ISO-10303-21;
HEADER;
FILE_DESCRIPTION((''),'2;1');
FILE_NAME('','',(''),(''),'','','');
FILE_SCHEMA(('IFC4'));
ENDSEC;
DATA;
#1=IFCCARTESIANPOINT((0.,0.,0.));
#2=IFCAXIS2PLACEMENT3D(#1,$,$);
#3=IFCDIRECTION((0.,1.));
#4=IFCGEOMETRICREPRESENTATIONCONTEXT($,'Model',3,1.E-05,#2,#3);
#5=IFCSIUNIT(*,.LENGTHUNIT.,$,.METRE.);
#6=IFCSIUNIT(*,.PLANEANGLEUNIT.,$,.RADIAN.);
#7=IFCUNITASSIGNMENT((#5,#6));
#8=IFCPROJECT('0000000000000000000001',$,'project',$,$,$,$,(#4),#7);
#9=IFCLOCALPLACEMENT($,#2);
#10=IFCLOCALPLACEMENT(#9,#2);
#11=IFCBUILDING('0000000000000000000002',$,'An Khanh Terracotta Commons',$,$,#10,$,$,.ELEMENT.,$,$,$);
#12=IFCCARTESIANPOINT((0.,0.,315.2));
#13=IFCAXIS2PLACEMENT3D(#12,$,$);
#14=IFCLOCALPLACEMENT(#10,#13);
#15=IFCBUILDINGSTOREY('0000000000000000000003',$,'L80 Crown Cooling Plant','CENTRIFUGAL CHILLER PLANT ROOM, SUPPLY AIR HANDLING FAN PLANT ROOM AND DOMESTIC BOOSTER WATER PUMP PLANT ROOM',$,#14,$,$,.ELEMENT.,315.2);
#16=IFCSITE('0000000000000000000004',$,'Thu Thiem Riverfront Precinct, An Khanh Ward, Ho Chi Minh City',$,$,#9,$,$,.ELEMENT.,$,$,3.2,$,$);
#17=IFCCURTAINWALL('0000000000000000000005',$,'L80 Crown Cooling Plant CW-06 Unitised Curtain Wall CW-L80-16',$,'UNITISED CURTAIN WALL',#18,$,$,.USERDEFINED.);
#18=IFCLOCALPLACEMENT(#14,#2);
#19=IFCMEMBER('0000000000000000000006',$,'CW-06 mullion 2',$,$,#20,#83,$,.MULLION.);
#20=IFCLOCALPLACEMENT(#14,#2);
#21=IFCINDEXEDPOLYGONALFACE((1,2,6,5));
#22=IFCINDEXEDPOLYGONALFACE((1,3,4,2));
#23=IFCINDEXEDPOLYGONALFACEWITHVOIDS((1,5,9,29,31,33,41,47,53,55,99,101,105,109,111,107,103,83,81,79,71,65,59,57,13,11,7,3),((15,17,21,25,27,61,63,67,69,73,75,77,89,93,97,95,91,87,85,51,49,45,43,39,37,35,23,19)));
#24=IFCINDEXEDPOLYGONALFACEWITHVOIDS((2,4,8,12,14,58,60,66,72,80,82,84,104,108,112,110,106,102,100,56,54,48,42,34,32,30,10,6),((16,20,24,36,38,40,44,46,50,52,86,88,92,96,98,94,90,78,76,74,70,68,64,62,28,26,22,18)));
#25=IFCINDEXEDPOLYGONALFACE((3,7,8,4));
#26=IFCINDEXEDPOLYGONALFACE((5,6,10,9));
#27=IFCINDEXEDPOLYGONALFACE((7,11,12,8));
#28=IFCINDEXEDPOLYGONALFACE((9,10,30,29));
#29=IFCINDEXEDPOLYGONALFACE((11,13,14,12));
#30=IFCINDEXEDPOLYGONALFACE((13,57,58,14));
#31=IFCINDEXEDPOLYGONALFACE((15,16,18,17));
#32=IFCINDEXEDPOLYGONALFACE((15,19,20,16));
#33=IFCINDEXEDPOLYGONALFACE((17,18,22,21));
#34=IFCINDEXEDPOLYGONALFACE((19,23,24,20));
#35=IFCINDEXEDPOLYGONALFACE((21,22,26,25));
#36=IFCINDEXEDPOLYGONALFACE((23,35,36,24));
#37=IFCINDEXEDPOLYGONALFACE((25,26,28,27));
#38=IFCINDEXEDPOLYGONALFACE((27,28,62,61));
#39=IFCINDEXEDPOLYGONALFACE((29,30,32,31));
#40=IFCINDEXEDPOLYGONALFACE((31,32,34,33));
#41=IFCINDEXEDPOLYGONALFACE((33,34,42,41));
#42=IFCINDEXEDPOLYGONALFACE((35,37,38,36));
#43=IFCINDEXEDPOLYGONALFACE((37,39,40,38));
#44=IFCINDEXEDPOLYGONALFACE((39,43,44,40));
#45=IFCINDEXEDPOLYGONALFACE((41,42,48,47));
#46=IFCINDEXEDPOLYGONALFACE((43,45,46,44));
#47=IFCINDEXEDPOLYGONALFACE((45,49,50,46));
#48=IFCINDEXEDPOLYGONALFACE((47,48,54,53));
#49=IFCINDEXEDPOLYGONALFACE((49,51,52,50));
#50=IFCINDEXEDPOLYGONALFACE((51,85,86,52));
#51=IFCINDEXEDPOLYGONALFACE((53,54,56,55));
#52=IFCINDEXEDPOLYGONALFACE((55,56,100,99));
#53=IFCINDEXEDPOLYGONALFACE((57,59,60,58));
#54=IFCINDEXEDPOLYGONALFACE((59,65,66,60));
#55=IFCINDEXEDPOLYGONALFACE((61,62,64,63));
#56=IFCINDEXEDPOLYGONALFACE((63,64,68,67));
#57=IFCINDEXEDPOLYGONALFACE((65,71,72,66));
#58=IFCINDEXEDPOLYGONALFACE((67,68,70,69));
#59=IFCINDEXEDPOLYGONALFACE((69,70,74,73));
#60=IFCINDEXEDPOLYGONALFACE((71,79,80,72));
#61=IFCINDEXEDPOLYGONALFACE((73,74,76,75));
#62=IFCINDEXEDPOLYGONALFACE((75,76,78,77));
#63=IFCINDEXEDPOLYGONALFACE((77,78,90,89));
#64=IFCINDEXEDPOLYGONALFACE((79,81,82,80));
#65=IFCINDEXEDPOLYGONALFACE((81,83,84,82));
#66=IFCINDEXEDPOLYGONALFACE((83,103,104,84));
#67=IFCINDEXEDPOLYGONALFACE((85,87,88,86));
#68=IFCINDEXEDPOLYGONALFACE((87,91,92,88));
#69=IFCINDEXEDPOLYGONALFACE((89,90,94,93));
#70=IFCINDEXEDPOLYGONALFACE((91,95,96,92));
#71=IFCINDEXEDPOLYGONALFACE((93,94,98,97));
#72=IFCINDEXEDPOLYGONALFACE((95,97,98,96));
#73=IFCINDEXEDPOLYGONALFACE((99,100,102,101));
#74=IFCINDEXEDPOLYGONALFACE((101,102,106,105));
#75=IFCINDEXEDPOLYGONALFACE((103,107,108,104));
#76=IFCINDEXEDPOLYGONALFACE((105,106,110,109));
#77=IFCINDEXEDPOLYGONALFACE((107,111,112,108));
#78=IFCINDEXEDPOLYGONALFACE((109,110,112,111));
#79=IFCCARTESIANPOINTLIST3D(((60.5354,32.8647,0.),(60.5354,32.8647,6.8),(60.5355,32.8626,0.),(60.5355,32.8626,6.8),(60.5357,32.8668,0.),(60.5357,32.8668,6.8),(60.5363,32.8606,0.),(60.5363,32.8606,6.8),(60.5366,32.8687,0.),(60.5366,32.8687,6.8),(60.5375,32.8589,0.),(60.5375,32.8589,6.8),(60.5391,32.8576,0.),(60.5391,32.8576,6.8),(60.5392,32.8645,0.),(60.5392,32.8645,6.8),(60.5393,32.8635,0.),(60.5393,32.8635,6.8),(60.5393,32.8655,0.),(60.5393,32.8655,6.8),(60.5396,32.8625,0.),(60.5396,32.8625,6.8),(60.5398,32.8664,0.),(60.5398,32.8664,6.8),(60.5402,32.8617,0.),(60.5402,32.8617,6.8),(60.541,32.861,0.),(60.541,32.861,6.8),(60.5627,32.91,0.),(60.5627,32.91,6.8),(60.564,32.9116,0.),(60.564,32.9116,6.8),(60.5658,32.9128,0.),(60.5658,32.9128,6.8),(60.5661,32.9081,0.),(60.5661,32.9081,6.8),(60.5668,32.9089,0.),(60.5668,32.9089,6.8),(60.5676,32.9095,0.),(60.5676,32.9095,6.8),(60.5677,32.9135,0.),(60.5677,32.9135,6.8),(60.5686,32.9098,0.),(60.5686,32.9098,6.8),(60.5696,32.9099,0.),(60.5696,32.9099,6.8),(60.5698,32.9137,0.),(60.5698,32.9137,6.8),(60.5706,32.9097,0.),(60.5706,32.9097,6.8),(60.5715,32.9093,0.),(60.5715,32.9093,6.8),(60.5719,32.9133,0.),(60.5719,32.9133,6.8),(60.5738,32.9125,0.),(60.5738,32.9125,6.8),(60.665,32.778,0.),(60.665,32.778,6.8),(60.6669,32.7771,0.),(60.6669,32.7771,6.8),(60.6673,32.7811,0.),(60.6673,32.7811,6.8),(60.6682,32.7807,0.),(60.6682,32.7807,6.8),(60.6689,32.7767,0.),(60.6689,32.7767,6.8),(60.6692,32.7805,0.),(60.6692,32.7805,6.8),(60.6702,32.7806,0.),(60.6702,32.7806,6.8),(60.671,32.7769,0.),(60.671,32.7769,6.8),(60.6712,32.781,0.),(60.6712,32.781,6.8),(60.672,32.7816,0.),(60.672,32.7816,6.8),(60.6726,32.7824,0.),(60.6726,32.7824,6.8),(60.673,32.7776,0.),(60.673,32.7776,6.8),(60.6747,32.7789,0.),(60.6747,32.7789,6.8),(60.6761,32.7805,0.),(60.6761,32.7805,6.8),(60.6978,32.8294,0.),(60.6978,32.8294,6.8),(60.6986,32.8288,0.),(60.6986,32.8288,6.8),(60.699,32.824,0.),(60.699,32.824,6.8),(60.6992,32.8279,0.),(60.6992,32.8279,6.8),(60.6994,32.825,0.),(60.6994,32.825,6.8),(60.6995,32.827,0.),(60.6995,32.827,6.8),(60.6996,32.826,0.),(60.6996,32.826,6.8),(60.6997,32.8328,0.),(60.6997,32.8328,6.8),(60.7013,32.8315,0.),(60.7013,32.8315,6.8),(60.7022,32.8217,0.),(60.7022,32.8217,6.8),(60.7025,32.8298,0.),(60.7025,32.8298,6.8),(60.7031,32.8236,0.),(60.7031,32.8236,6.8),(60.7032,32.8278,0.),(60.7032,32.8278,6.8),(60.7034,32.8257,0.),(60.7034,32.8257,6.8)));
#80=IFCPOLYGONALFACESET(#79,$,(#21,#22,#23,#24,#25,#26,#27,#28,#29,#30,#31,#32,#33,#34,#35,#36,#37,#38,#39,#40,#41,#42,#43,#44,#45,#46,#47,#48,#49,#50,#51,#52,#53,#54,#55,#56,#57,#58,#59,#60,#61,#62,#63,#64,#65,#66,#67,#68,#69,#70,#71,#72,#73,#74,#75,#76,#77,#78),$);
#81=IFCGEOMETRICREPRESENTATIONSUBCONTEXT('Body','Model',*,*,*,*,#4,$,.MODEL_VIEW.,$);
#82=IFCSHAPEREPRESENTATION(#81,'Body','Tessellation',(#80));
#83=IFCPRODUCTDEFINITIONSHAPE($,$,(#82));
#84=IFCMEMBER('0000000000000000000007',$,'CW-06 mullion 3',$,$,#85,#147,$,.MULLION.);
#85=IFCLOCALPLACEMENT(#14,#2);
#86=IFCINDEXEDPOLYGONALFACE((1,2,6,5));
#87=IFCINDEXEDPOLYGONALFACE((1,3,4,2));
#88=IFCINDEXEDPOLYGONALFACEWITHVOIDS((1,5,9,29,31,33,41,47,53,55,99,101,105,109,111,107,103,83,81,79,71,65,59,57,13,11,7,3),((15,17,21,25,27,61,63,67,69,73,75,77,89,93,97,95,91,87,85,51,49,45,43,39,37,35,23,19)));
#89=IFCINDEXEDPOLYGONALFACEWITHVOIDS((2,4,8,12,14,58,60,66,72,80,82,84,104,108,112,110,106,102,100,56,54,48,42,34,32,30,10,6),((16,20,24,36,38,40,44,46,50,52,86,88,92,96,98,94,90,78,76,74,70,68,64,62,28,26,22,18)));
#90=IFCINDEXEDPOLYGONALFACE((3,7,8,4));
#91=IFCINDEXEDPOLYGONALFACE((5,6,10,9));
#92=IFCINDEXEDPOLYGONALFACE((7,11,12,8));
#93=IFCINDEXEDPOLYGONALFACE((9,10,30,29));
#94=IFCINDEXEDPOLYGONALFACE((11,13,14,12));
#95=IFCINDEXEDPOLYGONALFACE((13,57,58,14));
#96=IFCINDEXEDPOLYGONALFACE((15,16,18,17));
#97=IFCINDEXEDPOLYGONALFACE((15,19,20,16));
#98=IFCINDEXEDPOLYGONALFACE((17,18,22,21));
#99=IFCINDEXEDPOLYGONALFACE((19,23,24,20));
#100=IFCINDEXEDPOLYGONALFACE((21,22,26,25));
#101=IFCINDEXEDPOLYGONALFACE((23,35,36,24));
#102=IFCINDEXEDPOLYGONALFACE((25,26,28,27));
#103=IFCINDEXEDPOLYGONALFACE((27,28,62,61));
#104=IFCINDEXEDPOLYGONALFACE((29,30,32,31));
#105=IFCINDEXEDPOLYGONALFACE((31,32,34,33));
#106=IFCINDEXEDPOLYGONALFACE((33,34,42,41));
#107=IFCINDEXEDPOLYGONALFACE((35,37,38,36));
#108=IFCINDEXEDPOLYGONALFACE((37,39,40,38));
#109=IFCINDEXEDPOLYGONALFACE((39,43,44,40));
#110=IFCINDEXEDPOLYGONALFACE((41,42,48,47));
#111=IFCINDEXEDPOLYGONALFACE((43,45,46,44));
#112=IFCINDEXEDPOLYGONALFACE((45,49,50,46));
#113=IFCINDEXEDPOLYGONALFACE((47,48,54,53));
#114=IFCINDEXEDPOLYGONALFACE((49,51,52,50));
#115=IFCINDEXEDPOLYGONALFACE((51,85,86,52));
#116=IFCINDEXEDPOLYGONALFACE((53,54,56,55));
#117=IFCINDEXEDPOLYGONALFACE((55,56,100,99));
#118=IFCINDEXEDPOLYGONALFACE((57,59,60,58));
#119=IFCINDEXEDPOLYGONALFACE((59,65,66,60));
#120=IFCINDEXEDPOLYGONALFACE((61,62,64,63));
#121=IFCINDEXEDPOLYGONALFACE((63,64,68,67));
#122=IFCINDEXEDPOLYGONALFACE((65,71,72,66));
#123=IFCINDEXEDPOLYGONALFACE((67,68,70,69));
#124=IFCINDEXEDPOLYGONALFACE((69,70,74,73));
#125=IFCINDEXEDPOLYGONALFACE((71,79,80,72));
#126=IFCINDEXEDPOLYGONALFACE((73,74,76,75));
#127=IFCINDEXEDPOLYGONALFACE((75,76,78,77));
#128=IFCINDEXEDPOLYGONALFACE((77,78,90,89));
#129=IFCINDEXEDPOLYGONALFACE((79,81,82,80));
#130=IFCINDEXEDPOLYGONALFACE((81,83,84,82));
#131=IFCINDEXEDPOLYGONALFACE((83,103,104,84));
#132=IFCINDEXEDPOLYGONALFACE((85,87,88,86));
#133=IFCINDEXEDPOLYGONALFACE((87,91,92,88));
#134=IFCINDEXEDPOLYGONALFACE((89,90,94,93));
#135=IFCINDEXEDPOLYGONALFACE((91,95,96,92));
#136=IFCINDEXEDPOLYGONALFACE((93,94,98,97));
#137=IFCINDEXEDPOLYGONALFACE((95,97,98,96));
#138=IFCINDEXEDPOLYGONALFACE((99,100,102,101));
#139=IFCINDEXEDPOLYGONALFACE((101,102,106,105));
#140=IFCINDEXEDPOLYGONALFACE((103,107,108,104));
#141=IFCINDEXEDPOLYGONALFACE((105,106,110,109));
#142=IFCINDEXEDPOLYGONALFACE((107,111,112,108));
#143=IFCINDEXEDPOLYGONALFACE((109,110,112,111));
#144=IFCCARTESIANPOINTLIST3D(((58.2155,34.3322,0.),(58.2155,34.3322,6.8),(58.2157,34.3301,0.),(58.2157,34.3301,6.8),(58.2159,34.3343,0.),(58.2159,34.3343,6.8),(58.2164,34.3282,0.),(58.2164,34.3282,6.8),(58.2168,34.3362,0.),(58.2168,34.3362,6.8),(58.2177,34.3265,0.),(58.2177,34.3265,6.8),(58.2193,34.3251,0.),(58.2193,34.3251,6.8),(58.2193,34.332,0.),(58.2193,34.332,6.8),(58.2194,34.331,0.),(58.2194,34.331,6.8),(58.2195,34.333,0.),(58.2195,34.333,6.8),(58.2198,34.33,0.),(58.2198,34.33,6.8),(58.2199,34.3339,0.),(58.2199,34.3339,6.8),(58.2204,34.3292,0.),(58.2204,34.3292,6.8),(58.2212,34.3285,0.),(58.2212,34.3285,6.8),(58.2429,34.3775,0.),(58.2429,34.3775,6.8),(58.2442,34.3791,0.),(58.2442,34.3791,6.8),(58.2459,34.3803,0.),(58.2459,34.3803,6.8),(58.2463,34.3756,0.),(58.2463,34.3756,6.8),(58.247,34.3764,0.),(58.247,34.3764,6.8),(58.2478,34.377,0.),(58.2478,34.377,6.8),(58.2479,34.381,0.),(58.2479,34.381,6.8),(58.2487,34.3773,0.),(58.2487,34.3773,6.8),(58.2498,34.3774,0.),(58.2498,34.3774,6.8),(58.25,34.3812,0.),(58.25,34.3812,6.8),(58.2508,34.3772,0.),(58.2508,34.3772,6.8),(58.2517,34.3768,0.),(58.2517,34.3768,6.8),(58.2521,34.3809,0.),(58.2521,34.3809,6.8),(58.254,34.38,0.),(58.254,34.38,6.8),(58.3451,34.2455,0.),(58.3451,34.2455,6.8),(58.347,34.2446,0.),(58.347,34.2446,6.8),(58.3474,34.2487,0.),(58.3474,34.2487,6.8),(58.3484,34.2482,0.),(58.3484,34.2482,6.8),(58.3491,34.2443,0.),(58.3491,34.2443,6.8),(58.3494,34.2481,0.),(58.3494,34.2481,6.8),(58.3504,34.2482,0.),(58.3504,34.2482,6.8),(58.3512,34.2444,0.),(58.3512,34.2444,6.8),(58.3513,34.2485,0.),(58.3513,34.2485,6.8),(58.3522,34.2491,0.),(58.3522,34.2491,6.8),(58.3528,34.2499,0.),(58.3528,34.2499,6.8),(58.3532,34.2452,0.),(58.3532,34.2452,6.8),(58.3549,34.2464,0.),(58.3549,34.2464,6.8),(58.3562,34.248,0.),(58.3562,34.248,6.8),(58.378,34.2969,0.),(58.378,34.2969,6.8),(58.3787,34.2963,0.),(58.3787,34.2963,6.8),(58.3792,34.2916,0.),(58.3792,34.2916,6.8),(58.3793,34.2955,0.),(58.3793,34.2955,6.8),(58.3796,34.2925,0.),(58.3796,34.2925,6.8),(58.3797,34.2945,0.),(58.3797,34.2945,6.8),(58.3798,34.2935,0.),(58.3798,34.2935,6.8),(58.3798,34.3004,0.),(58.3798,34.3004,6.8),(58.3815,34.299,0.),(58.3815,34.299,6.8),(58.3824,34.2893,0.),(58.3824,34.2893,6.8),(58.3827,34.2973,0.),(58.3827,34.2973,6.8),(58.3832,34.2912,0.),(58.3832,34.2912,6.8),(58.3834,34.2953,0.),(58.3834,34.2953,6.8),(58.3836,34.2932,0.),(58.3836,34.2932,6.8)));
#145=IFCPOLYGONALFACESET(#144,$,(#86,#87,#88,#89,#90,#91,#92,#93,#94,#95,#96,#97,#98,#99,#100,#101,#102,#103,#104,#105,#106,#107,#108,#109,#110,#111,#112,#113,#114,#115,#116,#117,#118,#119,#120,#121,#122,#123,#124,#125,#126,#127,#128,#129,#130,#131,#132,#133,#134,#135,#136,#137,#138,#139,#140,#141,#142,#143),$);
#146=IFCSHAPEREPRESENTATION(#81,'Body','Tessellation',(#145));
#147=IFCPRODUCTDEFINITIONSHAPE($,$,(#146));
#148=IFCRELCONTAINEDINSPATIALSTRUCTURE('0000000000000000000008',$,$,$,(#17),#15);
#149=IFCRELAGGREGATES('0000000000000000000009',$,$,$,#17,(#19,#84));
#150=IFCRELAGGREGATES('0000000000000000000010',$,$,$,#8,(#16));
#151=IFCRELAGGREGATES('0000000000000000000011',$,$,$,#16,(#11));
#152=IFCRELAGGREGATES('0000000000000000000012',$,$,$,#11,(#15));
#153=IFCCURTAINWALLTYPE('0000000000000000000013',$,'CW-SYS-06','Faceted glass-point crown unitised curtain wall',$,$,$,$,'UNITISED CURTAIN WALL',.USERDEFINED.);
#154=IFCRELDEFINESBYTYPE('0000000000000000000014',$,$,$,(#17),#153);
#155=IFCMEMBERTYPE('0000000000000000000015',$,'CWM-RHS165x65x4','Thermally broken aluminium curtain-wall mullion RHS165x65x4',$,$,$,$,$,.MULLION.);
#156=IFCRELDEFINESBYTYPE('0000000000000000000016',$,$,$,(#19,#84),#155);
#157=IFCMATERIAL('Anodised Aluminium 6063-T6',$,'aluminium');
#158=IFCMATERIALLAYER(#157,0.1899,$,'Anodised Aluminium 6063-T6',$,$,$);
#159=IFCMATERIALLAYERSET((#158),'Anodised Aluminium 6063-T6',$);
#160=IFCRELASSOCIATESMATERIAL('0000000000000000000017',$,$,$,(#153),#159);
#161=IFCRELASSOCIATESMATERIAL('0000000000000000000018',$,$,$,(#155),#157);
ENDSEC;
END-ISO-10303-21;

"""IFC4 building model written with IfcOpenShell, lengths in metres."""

from ifc_helpers import new_model, si_unit, direction, frame, origin, origin_2d, place, context, subcontext, project, spatial, hollow_rectangle, extrude, material, layer, layer_set, material_profile, profile_set, type_object, element, aggregate, save


model = new_model("IFC4")

# Units and contexts
model_context = context("Model", 3, precision=1e-05, world=origin(), true_north=direction((0.0, 1.0)))
body_context = subcontext(model_context, "Body", "Model", "MODEL_VIEW")
ifc_project = project(units=[si_unit("LENGTHUNIT", "METRE"), si_unit("PLANEANGLEUNIT", "RADIAN")], contexts=[model_context])

# Site, building, storey
site_placement = place(None, origin())
site = spatial("IfcSite", under=ifc_project, at=site_placement, Name="Thu Thiem Riverfront Precinct, An Khanh Ward, Ho Chi Minh City", CompositionType="ELEMENT", RefElevation=3.2)
building_placement = place(site_placement, origin())
building = spatial("IfcBuilding", under=site, at=building_placement, Name="An Khanh Terracotta Commons", CompositionType="ELEMENT")
storey_placement = place(building_placement, frame((0.0, 0.0, 315.2)))
storey = spatial("IfcBuildingStorey", under=building, at=storey_placement, Name="L80 Crown Cooling Plant", Description="CENTRIFUGAL CHILLER PLANT ROOM, SUPPLY AIR HANDLING FAN PLANT ROOM AND DOMESTIC BOOSTER WATER PUMP PLANT ROOM", CompositionType="ELEMENT", Elevation=315.2)

# Curtain wall, members
ifc_material_1 = material(Name="Anodised Aluminium 6063-T6", Category="aluminium")
ifc_layer_1 = layer(ifc_material_1, 0.1899, Name="Anodised Aluminium 6063-T6")
ifc_layer_set_1 = layer_set([ifc_layer_1], Name="Anodised Aluminium 6063-T6")
curtain_wall_type = type_object("IfcCurtainWallType", Name="CW-SYS-06", Description="Faceted glass-point crown unitised curtain wall", ElementType="UNITISED CURTAIN WALL", PredefinedType="USERDEFINED", material=ifc_layer_set_1)
curtain_wall_placement = place(storey_placement, origin())
curtain_wall = element("IfcCurtainWall", 1, at=curtain_wall_placement, inside=storey, type_object=curtain_wall_type, Name="L80 Crown Cooling Plant CW-06 Unitised Curtain Wall CW-L80-16", ObjectType="UNITISED CURTAIN WALL", PredefinedType="USERDEFINED")
ifc_material_profile_1 = material_profile(ifc_material_1, hollow_rectangle(XDim=0.0649, YDim=0.165, WallThickness=0.0039, InnerFilletRadius=0.0039, OuterFilletRadius=0.0081, at=origin_2d()), Name="RHS165x65x4")
ifc_profile_set_1 = profile_set([ifc_material_profile_1], Name="Anodised Aluminium 6063-T6")
member_type_1 = type_object("IfcMemberType", Name="CWM-RHS165x65x4", Description="Thermally broken aluminium curtain-wall mullion RHS165x65x4", PredefinedType="MULLION", material=ifc_profile_set_1)
member_1_placement = place(storey_placement, frame((60.6194, 32.8452, 0.0), z_axis=(0.0, 0.0, 1.0), x_axis=(-0.534587, -0.845114, 0.0)))
member_1 = element("IfcMember", 2, at=member_1_placement, type_object=member_type_1, Name="CW-06 mullion 2", PredefinedType="MULLION", context=body_context, shape_type="SweptSolid", body=[
    extrude(hollow_rectangle(XDim=0.0649, YDim=0.165, WallThickness=0.0039, InnerFilletRadius=0.0039, OuterFilletRadius=0.0081, at=origin_2d()), origin(), (0.0, 0.0, 1.0), 6.8),
])
member_2_placement = place(storey_placement, frame((58.2996, 34.3127, 0.0), z_axis=(0.0, 0.0, 1.0), x_axis=(-0.534587, -0.845114, 0.0)))
member_2 = element("IfcMember", 3, at=member_2_placement, type_object=member_type_1, Name="CW-06 mullion 3", PredefinedType="MULLION", context=body_context, shape_type="SweptSolid", body=[
    extrude(hollow_rectangle(XDim=0.0649, YDim=0.165, WallThickness=0.0039, InnerFilletRadius=0.0039, OuterFilletRadius=0.0081, at=origin_2d()), origin(), (0.0, 0.0, 1.0), 6.8),
])
aggregate(curtain_wall, [member_1, member_2])

save(model, "model.ifc")
